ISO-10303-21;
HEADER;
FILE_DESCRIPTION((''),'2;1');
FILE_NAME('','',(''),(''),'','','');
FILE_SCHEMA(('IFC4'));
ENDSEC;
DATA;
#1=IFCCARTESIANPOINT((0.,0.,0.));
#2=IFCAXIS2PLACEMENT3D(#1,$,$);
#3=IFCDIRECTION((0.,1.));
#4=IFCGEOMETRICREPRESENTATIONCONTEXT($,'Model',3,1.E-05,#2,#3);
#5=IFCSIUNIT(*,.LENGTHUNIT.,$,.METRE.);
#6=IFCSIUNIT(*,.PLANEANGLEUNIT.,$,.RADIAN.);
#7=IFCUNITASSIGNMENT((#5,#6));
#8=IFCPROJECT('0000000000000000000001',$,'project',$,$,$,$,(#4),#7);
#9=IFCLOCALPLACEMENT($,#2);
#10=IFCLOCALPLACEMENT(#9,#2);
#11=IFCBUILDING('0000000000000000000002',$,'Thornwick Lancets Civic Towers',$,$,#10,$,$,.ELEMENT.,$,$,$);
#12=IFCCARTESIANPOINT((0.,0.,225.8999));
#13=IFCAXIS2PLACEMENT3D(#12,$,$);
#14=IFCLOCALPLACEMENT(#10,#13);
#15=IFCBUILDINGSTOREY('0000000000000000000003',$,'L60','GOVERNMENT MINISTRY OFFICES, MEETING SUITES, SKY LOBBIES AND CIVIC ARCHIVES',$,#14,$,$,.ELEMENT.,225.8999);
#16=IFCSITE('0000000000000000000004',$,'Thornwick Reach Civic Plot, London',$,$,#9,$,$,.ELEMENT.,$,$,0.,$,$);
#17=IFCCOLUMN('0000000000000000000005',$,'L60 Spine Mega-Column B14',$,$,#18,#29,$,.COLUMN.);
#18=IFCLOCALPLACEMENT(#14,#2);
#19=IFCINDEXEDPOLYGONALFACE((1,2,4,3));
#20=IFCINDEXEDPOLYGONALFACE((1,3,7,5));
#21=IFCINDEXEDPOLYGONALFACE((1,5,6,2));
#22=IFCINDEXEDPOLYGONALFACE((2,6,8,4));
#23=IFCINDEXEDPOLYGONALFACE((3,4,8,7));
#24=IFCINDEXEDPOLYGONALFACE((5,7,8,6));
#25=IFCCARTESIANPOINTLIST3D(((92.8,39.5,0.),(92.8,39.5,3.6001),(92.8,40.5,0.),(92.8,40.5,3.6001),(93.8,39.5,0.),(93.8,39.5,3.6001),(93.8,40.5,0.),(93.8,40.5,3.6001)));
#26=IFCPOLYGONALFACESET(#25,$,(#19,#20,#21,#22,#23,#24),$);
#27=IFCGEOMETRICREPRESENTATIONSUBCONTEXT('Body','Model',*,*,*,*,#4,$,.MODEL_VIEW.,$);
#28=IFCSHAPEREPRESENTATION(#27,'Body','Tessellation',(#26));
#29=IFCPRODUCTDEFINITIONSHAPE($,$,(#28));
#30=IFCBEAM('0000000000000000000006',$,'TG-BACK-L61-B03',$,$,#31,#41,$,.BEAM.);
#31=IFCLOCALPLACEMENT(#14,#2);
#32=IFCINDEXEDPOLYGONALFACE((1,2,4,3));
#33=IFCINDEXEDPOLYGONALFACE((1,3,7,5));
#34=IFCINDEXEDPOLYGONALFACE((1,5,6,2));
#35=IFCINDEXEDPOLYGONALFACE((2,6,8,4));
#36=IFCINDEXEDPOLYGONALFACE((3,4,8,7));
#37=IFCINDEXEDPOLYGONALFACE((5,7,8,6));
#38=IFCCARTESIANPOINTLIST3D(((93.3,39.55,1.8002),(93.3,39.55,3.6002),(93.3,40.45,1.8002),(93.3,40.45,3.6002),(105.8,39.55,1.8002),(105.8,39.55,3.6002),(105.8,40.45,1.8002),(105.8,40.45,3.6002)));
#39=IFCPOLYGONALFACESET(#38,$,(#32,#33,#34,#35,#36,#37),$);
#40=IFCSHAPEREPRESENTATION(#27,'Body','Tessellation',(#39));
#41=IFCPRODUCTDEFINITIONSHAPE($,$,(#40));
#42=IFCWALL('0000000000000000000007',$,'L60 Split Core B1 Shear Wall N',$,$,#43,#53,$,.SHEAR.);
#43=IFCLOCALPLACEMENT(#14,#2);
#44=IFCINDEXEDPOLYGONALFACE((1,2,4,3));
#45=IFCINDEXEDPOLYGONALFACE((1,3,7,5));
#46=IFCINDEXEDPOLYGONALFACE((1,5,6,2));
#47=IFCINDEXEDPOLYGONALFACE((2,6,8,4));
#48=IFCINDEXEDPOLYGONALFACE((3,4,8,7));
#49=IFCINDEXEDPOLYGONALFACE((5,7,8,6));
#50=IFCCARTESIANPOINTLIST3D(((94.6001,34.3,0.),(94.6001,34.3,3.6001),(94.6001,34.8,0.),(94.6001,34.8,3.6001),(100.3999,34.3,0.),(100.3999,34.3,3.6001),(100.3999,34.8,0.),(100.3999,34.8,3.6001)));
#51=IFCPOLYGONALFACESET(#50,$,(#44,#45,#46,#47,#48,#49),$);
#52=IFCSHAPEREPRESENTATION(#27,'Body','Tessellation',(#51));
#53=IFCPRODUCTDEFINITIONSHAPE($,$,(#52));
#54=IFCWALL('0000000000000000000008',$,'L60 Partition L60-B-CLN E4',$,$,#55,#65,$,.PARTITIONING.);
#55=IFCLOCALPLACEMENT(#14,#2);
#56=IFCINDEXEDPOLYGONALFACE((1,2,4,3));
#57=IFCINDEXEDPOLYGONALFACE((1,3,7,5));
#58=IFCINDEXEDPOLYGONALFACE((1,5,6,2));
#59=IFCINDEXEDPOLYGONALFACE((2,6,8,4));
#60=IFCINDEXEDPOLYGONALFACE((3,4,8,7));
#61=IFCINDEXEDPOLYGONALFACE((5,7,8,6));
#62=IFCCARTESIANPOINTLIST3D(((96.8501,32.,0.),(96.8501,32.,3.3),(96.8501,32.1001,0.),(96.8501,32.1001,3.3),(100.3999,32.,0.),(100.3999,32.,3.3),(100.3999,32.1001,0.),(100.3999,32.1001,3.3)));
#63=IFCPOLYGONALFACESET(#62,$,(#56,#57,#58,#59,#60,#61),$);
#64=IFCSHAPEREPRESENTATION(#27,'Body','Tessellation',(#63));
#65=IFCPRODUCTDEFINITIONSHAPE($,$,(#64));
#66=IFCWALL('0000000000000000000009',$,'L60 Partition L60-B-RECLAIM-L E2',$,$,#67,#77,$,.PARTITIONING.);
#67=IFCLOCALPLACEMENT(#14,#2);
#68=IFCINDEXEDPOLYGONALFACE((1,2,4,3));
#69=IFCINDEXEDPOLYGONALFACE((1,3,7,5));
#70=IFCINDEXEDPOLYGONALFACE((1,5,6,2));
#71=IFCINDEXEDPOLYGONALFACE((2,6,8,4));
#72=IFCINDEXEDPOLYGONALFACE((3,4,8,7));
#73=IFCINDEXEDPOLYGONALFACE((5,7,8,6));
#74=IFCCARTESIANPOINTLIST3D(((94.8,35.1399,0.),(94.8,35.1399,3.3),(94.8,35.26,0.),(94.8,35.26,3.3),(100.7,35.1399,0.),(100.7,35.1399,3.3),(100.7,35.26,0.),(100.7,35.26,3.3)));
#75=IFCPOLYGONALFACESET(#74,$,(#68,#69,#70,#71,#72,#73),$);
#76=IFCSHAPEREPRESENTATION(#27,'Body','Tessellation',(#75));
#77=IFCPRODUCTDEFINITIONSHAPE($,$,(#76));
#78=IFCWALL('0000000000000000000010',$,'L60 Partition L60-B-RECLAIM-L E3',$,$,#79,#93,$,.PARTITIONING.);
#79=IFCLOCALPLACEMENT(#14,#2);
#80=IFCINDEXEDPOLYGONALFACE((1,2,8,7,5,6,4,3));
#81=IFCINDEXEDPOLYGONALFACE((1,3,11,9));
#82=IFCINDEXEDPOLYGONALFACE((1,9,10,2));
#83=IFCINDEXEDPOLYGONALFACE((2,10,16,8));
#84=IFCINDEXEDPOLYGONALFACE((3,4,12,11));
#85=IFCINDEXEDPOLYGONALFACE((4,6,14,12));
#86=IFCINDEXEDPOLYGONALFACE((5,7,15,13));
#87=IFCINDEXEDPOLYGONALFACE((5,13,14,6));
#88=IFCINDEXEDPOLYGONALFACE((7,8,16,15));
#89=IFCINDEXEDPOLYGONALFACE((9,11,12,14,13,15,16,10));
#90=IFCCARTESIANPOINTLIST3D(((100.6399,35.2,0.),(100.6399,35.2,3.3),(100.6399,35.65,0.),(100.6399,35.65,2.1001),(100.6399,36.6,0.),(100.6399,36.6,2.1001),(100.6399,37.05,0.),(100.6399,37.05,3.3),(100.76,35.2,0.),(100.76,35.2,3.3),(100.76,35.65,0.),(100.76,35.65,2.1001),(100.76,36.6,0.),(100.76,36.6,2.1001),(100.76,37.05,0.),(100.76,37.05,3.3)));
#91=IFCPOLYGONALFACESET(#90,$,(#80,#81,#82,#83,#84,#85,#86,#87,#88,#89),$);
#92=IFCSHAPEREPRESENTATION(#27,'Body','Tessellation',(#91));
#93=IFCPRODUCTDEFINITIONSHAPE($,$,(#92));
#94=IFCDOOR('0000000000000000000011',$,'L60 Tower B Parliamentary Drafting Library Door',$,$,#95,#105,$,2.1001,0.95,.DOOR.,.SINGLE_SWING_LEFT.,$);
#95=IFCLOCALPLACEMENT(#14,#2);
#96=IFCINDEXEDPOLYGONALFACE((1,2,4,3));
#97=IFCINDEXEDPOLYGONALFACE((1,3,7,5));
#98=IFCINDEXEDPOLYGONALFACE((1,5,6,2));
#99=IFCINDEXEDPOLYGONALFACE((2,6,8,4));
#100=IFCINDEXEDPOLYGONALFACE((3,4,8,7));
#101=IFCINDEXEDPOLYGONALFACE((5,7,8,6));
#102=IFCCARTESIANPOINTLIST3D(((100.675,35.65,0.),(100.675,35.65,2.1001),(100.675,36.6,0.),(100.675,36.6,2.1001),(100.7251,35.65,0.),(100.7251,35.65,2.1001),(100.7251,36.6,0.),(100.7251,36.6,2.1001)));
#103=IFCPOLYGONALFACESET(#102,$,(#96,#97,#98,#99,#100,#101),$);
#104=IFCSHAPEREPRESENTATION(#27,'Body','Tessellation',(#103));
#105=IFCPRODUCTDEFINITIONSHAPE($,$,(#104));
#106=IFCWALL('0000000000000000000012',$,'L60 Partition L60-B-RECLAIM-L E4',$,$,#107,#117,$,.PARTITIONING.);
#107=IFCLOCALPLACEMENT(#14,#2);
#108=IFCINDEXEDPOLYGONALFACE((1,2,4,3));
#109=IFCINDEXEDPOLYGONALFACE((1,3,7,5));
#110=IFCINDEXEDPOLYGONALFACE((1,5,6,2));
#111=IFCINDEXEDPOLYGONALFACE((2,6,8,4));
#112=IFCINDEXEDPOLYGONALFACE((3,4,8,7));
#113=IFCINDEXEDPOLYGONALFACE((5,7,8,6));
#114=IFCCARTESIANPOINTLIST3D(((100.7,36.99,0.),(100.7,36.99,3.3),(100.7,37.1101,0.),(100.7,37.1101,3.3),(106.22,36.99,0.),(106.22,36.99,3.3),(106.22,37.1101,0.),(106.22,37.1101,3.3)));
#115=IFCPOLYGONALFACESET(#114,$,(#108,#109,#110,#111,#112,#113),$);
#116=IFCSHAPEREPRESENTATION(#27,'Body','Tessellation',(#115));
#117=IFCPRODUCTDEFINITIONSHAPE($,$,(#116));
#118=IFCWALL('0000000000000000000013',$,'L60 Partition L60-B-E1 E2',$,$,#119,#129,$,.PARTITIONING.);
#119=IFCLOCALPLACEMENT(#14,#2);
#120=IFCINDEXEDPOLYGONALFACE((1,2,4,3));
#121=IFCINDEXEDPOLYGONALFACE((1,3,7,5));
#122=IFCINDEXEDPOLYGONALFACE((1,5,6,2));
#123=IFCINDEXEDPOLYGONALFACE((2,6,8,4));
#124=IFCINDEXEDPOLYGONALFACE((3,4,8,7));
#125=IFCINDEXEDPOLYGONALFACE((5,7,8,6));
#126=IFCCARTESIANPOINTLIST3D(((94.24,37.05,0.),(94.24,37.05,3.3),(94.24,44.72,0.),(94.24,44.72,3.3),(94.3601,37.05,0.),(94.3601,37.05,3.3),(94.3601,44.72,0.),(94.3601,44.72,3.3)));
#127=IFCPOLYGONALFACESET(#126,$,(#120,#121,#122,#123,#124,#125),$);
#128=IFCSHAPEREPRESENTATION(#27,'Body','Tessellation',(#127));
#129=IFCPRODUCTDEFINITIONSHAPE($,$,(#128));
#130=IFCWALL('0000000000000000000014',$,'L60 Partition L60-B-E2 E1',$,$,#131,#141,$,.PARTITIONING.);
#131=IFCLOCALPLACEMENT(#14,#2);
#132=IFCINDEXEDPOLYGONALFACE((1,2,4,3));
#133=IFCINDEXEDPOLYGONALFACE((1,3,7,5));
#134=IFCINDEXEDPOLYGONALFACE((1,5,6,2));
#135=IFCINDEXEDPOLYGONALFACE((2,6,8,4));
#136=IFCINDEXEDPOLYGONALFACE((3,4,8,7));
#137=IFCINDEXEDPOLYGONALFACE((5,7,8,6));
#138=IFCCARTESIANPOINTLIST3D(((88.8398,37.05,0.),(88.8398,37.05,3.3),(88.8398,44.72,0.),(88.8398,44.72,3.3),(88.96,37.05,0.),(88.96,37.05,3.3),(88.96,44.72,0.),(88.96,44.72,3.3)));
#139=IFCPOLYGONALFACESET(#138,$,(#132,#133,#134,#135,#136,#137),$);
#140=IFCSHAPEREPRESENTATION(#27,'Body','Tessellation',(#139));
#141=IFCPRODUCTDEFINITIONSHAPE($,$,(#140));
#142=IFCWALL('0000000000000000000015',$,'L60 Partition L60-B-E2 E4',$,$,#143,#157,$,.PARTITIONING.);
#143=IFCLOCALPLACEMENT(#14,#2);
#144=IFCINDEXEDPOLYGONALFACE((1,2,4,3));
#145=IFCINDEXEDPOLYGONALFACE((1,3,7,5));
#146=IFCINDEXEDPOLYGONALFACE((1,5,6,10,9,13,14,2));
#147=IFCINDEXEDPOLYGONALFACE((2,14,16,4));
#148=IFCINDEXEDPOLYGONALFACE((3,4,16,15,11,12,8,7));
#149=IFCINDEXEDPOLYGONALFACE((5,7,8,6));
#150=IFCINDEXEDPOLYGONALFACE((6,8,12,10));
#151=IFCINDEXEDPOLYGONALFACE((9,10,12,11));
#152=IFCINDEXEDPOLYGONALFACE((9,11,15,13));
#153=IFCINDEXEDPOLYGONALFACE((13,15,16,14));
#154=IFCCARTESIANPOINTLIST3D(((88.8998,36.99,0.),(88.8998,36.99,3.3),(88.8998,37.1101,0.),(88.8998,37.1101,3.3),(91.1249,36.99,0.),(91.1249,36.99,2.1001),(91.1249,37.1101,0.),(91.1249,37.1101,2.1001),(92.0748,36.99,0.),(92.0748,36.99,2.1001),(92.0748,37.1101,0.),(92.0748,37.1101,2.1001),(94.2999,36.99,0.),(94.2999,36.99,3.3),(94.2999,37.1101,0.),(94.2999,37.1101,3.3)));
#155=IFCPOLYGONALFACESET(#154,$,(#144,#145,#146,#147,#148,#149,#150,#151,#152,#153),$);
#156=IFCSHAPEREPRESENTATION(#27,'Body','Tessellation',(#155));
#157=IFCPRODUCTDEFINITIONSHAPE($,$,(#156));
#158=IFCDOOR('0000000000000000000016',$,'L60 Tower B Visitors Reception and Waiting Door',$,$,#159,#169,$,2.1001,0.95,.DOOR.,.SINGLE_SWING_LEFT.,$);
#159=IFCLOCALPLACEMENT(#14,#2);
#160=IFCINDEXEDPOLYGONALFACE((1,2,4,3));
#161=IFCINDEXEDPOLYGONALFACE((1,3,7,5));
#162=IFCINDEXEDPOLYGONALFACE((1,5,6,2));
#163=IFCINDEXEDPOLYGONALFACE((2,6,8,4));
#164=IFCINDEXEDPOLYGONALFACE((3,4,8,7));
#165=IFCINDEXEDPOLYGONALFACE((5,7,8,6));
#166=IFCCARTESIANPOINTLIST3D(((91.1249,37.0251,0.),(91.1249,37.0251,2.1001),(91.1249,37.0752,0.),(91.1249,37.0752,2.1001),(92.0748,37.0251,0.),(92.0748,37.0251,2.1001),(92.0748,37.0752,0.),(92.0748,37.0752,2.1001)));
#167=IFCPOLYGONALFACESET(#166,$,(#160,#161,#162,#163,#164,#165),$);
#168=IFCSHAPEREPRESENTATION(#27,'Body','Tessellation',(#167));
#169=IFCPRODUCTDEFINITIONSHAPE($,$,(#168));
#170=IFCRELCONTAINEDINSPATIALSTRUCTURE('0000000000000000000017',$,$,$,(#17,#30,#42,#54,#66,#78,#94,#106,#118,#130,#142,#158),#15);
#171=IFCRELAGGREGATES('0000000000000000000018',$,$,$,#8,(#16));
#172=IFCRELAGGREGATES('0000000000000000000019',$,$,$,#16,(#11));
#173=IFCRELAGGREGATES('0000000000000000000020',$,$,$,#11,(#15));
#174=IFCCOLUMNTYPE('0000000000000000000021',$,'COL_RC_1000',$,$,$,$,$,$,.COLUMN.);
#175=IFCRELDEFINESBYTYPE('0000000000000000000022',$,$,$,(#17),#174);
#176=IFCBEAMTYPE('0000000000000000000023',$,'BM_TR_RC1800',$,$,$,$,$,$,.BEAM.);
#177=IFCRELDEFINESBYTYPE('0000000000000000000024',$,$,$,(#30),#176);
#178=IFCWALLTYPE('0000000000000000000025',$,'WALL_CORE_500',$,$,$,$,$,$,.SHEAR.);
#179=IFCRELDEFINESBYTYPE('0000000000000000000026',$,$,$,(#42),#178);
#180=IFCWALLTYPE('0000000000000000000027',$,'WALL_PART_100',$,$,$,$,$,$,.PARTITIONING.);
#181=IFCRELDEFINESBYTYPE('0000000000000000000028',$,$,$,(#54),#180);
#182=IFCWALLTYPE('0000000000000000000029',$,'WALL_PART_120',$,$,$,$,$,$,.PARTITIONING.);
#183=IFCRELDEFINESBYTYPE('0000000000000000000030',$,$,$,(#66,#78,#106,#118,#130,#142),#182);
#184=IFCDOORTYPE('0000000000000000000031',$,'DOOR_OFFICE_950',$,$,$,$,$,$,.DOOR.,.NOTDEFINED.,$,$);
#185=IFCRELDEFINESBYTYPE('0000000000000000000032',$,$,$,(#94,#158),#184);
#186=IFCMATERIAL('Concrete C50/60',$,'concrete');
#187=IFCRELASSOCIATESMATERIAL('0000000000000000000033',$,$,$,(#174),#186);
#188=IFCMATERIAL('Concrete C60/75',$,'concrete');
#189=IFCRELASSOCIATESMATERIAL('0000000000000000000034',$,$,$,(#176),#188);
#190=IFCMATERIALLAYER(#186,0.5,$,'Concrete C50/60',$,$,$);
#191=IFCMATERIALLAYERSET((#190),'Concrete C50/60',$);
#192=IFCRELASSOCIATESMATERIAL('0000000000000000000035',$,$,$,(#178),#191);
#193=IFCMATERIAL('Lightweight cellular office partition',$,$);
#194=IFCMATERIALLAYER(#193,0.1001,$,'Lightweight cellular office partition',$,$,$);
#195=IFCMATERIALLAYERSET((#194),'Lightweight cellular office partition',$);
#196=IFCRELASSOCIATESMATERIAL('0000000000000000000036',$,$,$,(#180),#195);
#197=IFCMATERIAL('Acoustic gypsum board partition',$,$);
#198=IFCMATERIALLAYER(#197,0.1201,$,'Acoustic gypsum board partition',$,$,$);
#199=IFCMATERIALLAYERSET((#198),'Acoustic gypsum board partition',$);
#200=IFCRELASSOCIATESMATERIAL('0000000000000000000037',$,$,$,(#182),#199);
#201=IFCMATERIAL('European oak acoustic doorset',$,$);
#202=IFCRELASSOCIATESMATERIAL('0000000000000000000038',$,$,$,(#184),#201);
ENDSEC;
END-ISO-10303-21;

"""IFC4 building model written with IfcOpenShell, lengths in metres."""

from ifc_helpers import new_model, si_unit, direction, frame, frame_2d, origin, origin_2d, place, context, subcontext, project, spatial, rectangle, extrude, material, layer, layer_set, material_profile, profile_set, type_object, element, fill, save


model = new_model("IFC4")

# Units and contexts
model_context = context("Model", 3, precision=1e-05, world=origin(), true_north=direction((0.0, 1.0)))
body_context = subcontext(model_context, "Body", "Model", "MODEL_VIEW")
ifc_project = project(units=[si_unit("LENGTHUNIT", "METRE"), si_unit("PLANEANGLEUNIT", "RADIAN")], contexts=[model_context])

# Site, building, storey
site_placement = place(None, origin())
site = spatial("IfcSite", under=ifc_project, at=site_placement, Name="Thornwick Reach Civic Plot, London", CompositionType="ELEMENT", RefElevation=0.0)
building_placement = place(site_placement, origin())
building = spatial("IfcBuilding", under=site, at=building_placement, Name="Thornwick Lancets Civic Towers", CompositionType="ELEMENT")
storey_placement = place(building_placement, frame((0.0, 0.0, 225.8999)))
storey = spatial("IfcBuildingStorey", under=building, at=storey_placement, Name="L60", Description="GOVERNMENT MINISTRY OFFICES, MEETING SUITES, SKY LOBBIES AND CIVIC ARCHIVES", CompositionType="ELEMENT", Elevation=225.8999)

# Column
ifc_material_1 = material(Name="Concrete C50/60", Category="concrete")
ifc_material_profile_1 = material_profile(ifc_material_1, rectangle(XDim=1.0, YDim=1.0, at=origin_2d()), Name="RC 1000x1000")
ifc_profile_set_1 = profile_set([ifc_material_profile_1], Name="Concrete C50/60")
column_type = type_object("IfcColumnType", Name="COL_RC_1000", PredefinedType="COLUMN", material=ifc_profile_set_1)
column_placement = place(storey_placement, frame((93.3, 40.0, 0.0), z_axis=(0.0, 0.0, 1.0), x_axis=(1.0, 0.0, 0.0)))
element("IfcColumn", 1, at=column_placement, inside=storey, type_object=column_type, Name="L60 Spine Mega-Column B14", PredefinedType="COLUMN", context=body_context, shape_type="SweptSolid", body=[
    extrude(rectangle(XDim=1.0, YDim=1.0, at=origin_2d()), origin(), (0.0, 0.0, 1.0), 3.6001),
])

# Beam
ifc_material_2 = material(Name="Concrete C60/75", Category="concrete")
ifc_material_profile_2 = material_profile(ifc_material_2, rectangle(XDim=0.8999, YDim=1.8, at=origin_2d()), Name="RC 900x1800")
ifc_profile_set_2 = profile_set([ifc_material_profile_2], Name="Concrete C60/75")
beam_type = type_object("IfcBeamType", Name="BM_TR_RC1800", PredefinedType="BEAM", material=ifc_profile_set_2)
beam_placement = place(storey_placement, frame((93.3, 40.0, 2.7002), z_axis=(1.0, 0.0, 0.0), x_axis=(0.0, 1.0, 0.0)))
element("IfcBeam", 2, at=beam_placement, inside=storey, type_object=beam_type, Name="TG-BACK-L61-B03", PredefinedType="BEAM", context=body_context, shape_type="SweptSolid", body=[
    extrude(rectangle(XDim=0.8999, YDim=1.8, at=origin_2d()), origin(), (0.0, 0.0, 1.0), 12.5),
])

# Walls
ifc_layer_1 = layer(ifc_material_1, 0.5, Name="Concrete C50/60")
ifc_layer_set_1 = layer_set([ifc_layer_1], Name="Concrete C50/60")
wall_type_1 = type_object("IfcWallType", Name="WALL_CORE_500", PredefinedType="SHEAR", material=ifc_layer_set_1)
wall_1_placement = place(storey_placement, frame((94.6001, 34.55, 0.0), z_axis=(0.0, 0.0, 1.0), x_axis=(1.0, 0.0, 0.0)))
element("IfcWall", 3, at=wall_1_placement, inside=storey, type_object=wall_type_1, Name="L60 Split Core B1 Shear Wall N", PredefinedType="SHEAR", context=body_context, shape_type="SweptSolid", body=[
    extrude(rectangle(XDim=5.7998, YDim=0.5, at=frame_2d((2.8999, 0.0))), origin(), (0.0, 0.0, 1.0), 3.6001),
])
ifc_material_3 = material(Name="Lightweight cellular office partition")
ifc_layer_2 = layer(ifc_material_3, 0.1001, Name="Lightweight cellular office partition")
ifc_layer_set_2 = layer_set([ifc_layer_2], Name="Lightweight cellular office partition")
wall_type_2 = type_object("IfcWallType", Name="WALL_PART_100", PredefinedType="PARTITIONING", material=ifc_layer_set_2)
wall_2_placement = place(storey_placement, frame((100.3999, 32.05, 0.0), z_axis=(0.0, 0.0, 1.0), x_axis=(-1.0, 0.0, 0.0)))
element("IfcWall", 4, at=wall_2_placement, inside=storey, type_object=wall_type_2, Name="L60 Partition L60-B-CLN E4", PredefinedType="PARTITIONING", context=body_context, shape_type="SweptSolid", body=[
    extrude(rectangle(XDim=3.5498, YDim=0.1001, at=frame_2d((1.7749, 0.0))), origin(), (0.0, 0.0, 1.0), 3.3),
])
ifc_material_4 = material(Name="Acoustic gypsum board partition")
ifc_layer_3 = layer(ifc_material_4, 0.1201, Name="Acoustic gypsum board partition")
ifc_layer_set_3 = layer_set([ifc_layer_3], Name="Acoustic gypsum board partition")
wall_type_3 = type_object("IfcWallType", Name="WALL_PART_120", PredefinedType="PARTITIONING", material=ifc_layer_set_3)
wall_3_placement = place(storey_placement, frame((94.8, 35.2, 0.0), z_axis=(0.0, 0.0, 1.0), x_axis=(1.0, 0.0, 0.0)))
element("IfcWall", 5, at=wall_3_placement, inside=storey, type_object=wall_type_3, Name="L60 Partition L60-B-RECLAIM-L E2", PredefinedType="PARTITIONING", context=body_context, shape_type="SweptSolid", body=[
    extrude(rectangle(XDim=5.8999, YDim=0.1201, at=frame_2d((2.95, 0.0))), origin(), (0.0, 0.0, 1.0), 3.3),
])

# Wall, opening, door
wall_4_placement = place(storey_placement, frame((100.7, 35.2, 0.0), z_axis=(0.0, 0.0, 1.0), x_axis=(0.0, 1.0, 0.0)))
wall_4 = element("IfcWall", 6, at=wall_4_placement, inside=storey, type_object=wall_type_3, Name="L60 Partition L60-B-RECLAIM-L E3", PredefinedType="PARTITIONING", context=body_context, shape_type="SweptSolid", body=[
    extrude(rectangle(XDim=1.8501, YDim=0.1201, at=frame_2d((0.925, 0.0))), origin(), (0.0, 0.0, 1.0), 3.3),
])
opening_1_placement = place(wall_4_placement, frame((0.45, 0.0, 0.0)))
opening_1 = element("IfcOpeningElement", 7, at=opening_1_placement, cuts=wall_4, PredefinedType="OPENING", context=body_context, shape_type="SweptSolid", body=[
    extrude(rectangle(XDim=0.95, YDim=2.1001, at=frame_2d((0.4751, 1.05))), frame((0.0, 0.0701, 0.0), z_axis=(0.0, -1.0, 0.0), x_axis=(1.0, 0.0, 0.0)), (0.0, 0.0, 1.0), 0.1401),
])
ifc_material_5 = material(Name="European oak acoustic doorset")
door_type_1 = type_object("IfcDoorType", Name="DOOR_OFFICE_950", OperationType="NOTDEFINED", PredefinedType="DOOR", material=ifc_material_5)
door_1_placement = place(opening_1_placement, origin())
door_1 = element("IfcDoor", 8, at=door_1_placement, inside=storey, type_object=door_type_1, Name="L60 Tower B Parliamentary Drafting Library Door", OperationType="SINGLE_SWING_LEFT", OverallHeight=2.1001, OverallWidth=0.95, PredefinedType="DOOR", context=body_context, shape_type="SweptSolid", body=[
    extrude(rectangle(XDim=0.95, YDim=2.1001, at=frame_2d((0.4751, 1.05))), frame((0.0, 0.0249, 0.0), z_axis=(0.0, -1.0, 0.0), x_axis=(1.0, 0.0, 0.0)), (0.0, 0.0, 1.0), 0.05),
])
fill(opening_1, door_1)

# Walls
wall_5_placement = place(storey_placement, frame((100.7, 37.05, 0.0), z_axis=(0.0, 0.0, 1.0), x_axis=(1.0, 0.0, 0.0)))
element("IfcWall", 9, at=wall_5_placement, inside=storey, type_object=wall_type_3, Name="L60 Partition L60-B-RECLAIM-L E4", PredefinedType="PARTITIONING", context=body_context, shape_type="SweptSolid", body=[
    extrude(rectangle(XDim=5.52, YDim=0.1201, at=frame_2d((2.76, 0.0))), origin(), (0.0, 0.0, 1.0), 3.3),
])
for number, where, z_axis, x_axis, name in (
    (10, (94.3, 37.05, 0.0), (0.0, 0.0, 1.0), (0.0, 1.0, 0.0), "L60 Partition L60-B-E1 E2"),
    (11, (88.8999, 37.05, 0.0), (0.0, 0.0, 1.0), (0.0, 1.0, 0.0), "L60 Partition L60-B-E2 E1"),
):
    element("IfcWall", number, at=place(storey_placement, frame(where, z_axis=z_axis, x_axis=x_axis)), inside=storey, type_object=wall_type_3, Name=name, PredefinedType="PARTITIONING", context=body_context, shape_type="SweptSolid", body=[
        extrude(rectangle(XDim=7.6699, YDim=0.1201, at=frame_2d((3.835, 0.0))), origin(), (0.0, 0.0, 1.0), 3.3),
    ])

# Wall, opening, door
wall_6_placement = place(storey_placement, frame((94.3, 37.05, 0.0), z_axis=(0.0, 0.0, 1.0), x_axis=(-1.0, 0.0, 0.0)))
wall_6 = element("IfcWall", 12, at=wall_6_placement, inside=storey, type_object=wall_type_3, Name="L60 Partition L60-B-E2 E4", PredefinedType="PARTITIONING", context=body_context, shape_type="SweptSolid", body=[
    extrude(rectangle(XDim=5.4001, YDim=0.1201, at=frame_2d((2.7002, 0.0))), origin(), (0.0, 0.0, 1.0), 3.3),
])
opening_2_placement = place(wall_6_placement, frame((2.2251, 0.0, 0.0)))
opening_2 = element("IfcOpeningElement", 13, at=opening_2_placement, cuts=wall_6, PredefinedType="OPENING", context=body_context, shape_type="SweptSolid", body=[
    extrude(rectangle(XDim=0.95, YDim=2.1001, at=frame_2d((0.4751, 1.05))), frame((0.0, 0.0701, 0.0), z_axis=(0.0, -1.0, 0.0), x_axis=(1.0, 0.0, 0.0)), (0.0, 0.0, 1.0), 0.1401),
])
door_2_placement = place(opening_2_placement, origin())
door_2 = element("IfcDoor", 14, at=door_2_placement, inside=storey, type_object=door_type_1, Name="L60 Tower B Visitors Reception and Waiting Door", OperationType="SINGLE_SWING_LEFT", OverallHeight=2.1001, OverallWidth=0.95, PredefinedType="DOOR", context=body_context, shape_type="SweptSolid", body=[
    extrude(rectangle(XDim=0.95, YDim=2.1001, at=frame_2d((0.4751, 1.05))), frame((0.0, 0.0249, 0.0), z_axis=(0.0, -1.0, 0.0), x_axis=(1.0, 0.0, 0.0)), (0.0, 0.0, 1.0), 0.05),
])
fill(opening_2, door_2)

save(model, "model.ifc")
